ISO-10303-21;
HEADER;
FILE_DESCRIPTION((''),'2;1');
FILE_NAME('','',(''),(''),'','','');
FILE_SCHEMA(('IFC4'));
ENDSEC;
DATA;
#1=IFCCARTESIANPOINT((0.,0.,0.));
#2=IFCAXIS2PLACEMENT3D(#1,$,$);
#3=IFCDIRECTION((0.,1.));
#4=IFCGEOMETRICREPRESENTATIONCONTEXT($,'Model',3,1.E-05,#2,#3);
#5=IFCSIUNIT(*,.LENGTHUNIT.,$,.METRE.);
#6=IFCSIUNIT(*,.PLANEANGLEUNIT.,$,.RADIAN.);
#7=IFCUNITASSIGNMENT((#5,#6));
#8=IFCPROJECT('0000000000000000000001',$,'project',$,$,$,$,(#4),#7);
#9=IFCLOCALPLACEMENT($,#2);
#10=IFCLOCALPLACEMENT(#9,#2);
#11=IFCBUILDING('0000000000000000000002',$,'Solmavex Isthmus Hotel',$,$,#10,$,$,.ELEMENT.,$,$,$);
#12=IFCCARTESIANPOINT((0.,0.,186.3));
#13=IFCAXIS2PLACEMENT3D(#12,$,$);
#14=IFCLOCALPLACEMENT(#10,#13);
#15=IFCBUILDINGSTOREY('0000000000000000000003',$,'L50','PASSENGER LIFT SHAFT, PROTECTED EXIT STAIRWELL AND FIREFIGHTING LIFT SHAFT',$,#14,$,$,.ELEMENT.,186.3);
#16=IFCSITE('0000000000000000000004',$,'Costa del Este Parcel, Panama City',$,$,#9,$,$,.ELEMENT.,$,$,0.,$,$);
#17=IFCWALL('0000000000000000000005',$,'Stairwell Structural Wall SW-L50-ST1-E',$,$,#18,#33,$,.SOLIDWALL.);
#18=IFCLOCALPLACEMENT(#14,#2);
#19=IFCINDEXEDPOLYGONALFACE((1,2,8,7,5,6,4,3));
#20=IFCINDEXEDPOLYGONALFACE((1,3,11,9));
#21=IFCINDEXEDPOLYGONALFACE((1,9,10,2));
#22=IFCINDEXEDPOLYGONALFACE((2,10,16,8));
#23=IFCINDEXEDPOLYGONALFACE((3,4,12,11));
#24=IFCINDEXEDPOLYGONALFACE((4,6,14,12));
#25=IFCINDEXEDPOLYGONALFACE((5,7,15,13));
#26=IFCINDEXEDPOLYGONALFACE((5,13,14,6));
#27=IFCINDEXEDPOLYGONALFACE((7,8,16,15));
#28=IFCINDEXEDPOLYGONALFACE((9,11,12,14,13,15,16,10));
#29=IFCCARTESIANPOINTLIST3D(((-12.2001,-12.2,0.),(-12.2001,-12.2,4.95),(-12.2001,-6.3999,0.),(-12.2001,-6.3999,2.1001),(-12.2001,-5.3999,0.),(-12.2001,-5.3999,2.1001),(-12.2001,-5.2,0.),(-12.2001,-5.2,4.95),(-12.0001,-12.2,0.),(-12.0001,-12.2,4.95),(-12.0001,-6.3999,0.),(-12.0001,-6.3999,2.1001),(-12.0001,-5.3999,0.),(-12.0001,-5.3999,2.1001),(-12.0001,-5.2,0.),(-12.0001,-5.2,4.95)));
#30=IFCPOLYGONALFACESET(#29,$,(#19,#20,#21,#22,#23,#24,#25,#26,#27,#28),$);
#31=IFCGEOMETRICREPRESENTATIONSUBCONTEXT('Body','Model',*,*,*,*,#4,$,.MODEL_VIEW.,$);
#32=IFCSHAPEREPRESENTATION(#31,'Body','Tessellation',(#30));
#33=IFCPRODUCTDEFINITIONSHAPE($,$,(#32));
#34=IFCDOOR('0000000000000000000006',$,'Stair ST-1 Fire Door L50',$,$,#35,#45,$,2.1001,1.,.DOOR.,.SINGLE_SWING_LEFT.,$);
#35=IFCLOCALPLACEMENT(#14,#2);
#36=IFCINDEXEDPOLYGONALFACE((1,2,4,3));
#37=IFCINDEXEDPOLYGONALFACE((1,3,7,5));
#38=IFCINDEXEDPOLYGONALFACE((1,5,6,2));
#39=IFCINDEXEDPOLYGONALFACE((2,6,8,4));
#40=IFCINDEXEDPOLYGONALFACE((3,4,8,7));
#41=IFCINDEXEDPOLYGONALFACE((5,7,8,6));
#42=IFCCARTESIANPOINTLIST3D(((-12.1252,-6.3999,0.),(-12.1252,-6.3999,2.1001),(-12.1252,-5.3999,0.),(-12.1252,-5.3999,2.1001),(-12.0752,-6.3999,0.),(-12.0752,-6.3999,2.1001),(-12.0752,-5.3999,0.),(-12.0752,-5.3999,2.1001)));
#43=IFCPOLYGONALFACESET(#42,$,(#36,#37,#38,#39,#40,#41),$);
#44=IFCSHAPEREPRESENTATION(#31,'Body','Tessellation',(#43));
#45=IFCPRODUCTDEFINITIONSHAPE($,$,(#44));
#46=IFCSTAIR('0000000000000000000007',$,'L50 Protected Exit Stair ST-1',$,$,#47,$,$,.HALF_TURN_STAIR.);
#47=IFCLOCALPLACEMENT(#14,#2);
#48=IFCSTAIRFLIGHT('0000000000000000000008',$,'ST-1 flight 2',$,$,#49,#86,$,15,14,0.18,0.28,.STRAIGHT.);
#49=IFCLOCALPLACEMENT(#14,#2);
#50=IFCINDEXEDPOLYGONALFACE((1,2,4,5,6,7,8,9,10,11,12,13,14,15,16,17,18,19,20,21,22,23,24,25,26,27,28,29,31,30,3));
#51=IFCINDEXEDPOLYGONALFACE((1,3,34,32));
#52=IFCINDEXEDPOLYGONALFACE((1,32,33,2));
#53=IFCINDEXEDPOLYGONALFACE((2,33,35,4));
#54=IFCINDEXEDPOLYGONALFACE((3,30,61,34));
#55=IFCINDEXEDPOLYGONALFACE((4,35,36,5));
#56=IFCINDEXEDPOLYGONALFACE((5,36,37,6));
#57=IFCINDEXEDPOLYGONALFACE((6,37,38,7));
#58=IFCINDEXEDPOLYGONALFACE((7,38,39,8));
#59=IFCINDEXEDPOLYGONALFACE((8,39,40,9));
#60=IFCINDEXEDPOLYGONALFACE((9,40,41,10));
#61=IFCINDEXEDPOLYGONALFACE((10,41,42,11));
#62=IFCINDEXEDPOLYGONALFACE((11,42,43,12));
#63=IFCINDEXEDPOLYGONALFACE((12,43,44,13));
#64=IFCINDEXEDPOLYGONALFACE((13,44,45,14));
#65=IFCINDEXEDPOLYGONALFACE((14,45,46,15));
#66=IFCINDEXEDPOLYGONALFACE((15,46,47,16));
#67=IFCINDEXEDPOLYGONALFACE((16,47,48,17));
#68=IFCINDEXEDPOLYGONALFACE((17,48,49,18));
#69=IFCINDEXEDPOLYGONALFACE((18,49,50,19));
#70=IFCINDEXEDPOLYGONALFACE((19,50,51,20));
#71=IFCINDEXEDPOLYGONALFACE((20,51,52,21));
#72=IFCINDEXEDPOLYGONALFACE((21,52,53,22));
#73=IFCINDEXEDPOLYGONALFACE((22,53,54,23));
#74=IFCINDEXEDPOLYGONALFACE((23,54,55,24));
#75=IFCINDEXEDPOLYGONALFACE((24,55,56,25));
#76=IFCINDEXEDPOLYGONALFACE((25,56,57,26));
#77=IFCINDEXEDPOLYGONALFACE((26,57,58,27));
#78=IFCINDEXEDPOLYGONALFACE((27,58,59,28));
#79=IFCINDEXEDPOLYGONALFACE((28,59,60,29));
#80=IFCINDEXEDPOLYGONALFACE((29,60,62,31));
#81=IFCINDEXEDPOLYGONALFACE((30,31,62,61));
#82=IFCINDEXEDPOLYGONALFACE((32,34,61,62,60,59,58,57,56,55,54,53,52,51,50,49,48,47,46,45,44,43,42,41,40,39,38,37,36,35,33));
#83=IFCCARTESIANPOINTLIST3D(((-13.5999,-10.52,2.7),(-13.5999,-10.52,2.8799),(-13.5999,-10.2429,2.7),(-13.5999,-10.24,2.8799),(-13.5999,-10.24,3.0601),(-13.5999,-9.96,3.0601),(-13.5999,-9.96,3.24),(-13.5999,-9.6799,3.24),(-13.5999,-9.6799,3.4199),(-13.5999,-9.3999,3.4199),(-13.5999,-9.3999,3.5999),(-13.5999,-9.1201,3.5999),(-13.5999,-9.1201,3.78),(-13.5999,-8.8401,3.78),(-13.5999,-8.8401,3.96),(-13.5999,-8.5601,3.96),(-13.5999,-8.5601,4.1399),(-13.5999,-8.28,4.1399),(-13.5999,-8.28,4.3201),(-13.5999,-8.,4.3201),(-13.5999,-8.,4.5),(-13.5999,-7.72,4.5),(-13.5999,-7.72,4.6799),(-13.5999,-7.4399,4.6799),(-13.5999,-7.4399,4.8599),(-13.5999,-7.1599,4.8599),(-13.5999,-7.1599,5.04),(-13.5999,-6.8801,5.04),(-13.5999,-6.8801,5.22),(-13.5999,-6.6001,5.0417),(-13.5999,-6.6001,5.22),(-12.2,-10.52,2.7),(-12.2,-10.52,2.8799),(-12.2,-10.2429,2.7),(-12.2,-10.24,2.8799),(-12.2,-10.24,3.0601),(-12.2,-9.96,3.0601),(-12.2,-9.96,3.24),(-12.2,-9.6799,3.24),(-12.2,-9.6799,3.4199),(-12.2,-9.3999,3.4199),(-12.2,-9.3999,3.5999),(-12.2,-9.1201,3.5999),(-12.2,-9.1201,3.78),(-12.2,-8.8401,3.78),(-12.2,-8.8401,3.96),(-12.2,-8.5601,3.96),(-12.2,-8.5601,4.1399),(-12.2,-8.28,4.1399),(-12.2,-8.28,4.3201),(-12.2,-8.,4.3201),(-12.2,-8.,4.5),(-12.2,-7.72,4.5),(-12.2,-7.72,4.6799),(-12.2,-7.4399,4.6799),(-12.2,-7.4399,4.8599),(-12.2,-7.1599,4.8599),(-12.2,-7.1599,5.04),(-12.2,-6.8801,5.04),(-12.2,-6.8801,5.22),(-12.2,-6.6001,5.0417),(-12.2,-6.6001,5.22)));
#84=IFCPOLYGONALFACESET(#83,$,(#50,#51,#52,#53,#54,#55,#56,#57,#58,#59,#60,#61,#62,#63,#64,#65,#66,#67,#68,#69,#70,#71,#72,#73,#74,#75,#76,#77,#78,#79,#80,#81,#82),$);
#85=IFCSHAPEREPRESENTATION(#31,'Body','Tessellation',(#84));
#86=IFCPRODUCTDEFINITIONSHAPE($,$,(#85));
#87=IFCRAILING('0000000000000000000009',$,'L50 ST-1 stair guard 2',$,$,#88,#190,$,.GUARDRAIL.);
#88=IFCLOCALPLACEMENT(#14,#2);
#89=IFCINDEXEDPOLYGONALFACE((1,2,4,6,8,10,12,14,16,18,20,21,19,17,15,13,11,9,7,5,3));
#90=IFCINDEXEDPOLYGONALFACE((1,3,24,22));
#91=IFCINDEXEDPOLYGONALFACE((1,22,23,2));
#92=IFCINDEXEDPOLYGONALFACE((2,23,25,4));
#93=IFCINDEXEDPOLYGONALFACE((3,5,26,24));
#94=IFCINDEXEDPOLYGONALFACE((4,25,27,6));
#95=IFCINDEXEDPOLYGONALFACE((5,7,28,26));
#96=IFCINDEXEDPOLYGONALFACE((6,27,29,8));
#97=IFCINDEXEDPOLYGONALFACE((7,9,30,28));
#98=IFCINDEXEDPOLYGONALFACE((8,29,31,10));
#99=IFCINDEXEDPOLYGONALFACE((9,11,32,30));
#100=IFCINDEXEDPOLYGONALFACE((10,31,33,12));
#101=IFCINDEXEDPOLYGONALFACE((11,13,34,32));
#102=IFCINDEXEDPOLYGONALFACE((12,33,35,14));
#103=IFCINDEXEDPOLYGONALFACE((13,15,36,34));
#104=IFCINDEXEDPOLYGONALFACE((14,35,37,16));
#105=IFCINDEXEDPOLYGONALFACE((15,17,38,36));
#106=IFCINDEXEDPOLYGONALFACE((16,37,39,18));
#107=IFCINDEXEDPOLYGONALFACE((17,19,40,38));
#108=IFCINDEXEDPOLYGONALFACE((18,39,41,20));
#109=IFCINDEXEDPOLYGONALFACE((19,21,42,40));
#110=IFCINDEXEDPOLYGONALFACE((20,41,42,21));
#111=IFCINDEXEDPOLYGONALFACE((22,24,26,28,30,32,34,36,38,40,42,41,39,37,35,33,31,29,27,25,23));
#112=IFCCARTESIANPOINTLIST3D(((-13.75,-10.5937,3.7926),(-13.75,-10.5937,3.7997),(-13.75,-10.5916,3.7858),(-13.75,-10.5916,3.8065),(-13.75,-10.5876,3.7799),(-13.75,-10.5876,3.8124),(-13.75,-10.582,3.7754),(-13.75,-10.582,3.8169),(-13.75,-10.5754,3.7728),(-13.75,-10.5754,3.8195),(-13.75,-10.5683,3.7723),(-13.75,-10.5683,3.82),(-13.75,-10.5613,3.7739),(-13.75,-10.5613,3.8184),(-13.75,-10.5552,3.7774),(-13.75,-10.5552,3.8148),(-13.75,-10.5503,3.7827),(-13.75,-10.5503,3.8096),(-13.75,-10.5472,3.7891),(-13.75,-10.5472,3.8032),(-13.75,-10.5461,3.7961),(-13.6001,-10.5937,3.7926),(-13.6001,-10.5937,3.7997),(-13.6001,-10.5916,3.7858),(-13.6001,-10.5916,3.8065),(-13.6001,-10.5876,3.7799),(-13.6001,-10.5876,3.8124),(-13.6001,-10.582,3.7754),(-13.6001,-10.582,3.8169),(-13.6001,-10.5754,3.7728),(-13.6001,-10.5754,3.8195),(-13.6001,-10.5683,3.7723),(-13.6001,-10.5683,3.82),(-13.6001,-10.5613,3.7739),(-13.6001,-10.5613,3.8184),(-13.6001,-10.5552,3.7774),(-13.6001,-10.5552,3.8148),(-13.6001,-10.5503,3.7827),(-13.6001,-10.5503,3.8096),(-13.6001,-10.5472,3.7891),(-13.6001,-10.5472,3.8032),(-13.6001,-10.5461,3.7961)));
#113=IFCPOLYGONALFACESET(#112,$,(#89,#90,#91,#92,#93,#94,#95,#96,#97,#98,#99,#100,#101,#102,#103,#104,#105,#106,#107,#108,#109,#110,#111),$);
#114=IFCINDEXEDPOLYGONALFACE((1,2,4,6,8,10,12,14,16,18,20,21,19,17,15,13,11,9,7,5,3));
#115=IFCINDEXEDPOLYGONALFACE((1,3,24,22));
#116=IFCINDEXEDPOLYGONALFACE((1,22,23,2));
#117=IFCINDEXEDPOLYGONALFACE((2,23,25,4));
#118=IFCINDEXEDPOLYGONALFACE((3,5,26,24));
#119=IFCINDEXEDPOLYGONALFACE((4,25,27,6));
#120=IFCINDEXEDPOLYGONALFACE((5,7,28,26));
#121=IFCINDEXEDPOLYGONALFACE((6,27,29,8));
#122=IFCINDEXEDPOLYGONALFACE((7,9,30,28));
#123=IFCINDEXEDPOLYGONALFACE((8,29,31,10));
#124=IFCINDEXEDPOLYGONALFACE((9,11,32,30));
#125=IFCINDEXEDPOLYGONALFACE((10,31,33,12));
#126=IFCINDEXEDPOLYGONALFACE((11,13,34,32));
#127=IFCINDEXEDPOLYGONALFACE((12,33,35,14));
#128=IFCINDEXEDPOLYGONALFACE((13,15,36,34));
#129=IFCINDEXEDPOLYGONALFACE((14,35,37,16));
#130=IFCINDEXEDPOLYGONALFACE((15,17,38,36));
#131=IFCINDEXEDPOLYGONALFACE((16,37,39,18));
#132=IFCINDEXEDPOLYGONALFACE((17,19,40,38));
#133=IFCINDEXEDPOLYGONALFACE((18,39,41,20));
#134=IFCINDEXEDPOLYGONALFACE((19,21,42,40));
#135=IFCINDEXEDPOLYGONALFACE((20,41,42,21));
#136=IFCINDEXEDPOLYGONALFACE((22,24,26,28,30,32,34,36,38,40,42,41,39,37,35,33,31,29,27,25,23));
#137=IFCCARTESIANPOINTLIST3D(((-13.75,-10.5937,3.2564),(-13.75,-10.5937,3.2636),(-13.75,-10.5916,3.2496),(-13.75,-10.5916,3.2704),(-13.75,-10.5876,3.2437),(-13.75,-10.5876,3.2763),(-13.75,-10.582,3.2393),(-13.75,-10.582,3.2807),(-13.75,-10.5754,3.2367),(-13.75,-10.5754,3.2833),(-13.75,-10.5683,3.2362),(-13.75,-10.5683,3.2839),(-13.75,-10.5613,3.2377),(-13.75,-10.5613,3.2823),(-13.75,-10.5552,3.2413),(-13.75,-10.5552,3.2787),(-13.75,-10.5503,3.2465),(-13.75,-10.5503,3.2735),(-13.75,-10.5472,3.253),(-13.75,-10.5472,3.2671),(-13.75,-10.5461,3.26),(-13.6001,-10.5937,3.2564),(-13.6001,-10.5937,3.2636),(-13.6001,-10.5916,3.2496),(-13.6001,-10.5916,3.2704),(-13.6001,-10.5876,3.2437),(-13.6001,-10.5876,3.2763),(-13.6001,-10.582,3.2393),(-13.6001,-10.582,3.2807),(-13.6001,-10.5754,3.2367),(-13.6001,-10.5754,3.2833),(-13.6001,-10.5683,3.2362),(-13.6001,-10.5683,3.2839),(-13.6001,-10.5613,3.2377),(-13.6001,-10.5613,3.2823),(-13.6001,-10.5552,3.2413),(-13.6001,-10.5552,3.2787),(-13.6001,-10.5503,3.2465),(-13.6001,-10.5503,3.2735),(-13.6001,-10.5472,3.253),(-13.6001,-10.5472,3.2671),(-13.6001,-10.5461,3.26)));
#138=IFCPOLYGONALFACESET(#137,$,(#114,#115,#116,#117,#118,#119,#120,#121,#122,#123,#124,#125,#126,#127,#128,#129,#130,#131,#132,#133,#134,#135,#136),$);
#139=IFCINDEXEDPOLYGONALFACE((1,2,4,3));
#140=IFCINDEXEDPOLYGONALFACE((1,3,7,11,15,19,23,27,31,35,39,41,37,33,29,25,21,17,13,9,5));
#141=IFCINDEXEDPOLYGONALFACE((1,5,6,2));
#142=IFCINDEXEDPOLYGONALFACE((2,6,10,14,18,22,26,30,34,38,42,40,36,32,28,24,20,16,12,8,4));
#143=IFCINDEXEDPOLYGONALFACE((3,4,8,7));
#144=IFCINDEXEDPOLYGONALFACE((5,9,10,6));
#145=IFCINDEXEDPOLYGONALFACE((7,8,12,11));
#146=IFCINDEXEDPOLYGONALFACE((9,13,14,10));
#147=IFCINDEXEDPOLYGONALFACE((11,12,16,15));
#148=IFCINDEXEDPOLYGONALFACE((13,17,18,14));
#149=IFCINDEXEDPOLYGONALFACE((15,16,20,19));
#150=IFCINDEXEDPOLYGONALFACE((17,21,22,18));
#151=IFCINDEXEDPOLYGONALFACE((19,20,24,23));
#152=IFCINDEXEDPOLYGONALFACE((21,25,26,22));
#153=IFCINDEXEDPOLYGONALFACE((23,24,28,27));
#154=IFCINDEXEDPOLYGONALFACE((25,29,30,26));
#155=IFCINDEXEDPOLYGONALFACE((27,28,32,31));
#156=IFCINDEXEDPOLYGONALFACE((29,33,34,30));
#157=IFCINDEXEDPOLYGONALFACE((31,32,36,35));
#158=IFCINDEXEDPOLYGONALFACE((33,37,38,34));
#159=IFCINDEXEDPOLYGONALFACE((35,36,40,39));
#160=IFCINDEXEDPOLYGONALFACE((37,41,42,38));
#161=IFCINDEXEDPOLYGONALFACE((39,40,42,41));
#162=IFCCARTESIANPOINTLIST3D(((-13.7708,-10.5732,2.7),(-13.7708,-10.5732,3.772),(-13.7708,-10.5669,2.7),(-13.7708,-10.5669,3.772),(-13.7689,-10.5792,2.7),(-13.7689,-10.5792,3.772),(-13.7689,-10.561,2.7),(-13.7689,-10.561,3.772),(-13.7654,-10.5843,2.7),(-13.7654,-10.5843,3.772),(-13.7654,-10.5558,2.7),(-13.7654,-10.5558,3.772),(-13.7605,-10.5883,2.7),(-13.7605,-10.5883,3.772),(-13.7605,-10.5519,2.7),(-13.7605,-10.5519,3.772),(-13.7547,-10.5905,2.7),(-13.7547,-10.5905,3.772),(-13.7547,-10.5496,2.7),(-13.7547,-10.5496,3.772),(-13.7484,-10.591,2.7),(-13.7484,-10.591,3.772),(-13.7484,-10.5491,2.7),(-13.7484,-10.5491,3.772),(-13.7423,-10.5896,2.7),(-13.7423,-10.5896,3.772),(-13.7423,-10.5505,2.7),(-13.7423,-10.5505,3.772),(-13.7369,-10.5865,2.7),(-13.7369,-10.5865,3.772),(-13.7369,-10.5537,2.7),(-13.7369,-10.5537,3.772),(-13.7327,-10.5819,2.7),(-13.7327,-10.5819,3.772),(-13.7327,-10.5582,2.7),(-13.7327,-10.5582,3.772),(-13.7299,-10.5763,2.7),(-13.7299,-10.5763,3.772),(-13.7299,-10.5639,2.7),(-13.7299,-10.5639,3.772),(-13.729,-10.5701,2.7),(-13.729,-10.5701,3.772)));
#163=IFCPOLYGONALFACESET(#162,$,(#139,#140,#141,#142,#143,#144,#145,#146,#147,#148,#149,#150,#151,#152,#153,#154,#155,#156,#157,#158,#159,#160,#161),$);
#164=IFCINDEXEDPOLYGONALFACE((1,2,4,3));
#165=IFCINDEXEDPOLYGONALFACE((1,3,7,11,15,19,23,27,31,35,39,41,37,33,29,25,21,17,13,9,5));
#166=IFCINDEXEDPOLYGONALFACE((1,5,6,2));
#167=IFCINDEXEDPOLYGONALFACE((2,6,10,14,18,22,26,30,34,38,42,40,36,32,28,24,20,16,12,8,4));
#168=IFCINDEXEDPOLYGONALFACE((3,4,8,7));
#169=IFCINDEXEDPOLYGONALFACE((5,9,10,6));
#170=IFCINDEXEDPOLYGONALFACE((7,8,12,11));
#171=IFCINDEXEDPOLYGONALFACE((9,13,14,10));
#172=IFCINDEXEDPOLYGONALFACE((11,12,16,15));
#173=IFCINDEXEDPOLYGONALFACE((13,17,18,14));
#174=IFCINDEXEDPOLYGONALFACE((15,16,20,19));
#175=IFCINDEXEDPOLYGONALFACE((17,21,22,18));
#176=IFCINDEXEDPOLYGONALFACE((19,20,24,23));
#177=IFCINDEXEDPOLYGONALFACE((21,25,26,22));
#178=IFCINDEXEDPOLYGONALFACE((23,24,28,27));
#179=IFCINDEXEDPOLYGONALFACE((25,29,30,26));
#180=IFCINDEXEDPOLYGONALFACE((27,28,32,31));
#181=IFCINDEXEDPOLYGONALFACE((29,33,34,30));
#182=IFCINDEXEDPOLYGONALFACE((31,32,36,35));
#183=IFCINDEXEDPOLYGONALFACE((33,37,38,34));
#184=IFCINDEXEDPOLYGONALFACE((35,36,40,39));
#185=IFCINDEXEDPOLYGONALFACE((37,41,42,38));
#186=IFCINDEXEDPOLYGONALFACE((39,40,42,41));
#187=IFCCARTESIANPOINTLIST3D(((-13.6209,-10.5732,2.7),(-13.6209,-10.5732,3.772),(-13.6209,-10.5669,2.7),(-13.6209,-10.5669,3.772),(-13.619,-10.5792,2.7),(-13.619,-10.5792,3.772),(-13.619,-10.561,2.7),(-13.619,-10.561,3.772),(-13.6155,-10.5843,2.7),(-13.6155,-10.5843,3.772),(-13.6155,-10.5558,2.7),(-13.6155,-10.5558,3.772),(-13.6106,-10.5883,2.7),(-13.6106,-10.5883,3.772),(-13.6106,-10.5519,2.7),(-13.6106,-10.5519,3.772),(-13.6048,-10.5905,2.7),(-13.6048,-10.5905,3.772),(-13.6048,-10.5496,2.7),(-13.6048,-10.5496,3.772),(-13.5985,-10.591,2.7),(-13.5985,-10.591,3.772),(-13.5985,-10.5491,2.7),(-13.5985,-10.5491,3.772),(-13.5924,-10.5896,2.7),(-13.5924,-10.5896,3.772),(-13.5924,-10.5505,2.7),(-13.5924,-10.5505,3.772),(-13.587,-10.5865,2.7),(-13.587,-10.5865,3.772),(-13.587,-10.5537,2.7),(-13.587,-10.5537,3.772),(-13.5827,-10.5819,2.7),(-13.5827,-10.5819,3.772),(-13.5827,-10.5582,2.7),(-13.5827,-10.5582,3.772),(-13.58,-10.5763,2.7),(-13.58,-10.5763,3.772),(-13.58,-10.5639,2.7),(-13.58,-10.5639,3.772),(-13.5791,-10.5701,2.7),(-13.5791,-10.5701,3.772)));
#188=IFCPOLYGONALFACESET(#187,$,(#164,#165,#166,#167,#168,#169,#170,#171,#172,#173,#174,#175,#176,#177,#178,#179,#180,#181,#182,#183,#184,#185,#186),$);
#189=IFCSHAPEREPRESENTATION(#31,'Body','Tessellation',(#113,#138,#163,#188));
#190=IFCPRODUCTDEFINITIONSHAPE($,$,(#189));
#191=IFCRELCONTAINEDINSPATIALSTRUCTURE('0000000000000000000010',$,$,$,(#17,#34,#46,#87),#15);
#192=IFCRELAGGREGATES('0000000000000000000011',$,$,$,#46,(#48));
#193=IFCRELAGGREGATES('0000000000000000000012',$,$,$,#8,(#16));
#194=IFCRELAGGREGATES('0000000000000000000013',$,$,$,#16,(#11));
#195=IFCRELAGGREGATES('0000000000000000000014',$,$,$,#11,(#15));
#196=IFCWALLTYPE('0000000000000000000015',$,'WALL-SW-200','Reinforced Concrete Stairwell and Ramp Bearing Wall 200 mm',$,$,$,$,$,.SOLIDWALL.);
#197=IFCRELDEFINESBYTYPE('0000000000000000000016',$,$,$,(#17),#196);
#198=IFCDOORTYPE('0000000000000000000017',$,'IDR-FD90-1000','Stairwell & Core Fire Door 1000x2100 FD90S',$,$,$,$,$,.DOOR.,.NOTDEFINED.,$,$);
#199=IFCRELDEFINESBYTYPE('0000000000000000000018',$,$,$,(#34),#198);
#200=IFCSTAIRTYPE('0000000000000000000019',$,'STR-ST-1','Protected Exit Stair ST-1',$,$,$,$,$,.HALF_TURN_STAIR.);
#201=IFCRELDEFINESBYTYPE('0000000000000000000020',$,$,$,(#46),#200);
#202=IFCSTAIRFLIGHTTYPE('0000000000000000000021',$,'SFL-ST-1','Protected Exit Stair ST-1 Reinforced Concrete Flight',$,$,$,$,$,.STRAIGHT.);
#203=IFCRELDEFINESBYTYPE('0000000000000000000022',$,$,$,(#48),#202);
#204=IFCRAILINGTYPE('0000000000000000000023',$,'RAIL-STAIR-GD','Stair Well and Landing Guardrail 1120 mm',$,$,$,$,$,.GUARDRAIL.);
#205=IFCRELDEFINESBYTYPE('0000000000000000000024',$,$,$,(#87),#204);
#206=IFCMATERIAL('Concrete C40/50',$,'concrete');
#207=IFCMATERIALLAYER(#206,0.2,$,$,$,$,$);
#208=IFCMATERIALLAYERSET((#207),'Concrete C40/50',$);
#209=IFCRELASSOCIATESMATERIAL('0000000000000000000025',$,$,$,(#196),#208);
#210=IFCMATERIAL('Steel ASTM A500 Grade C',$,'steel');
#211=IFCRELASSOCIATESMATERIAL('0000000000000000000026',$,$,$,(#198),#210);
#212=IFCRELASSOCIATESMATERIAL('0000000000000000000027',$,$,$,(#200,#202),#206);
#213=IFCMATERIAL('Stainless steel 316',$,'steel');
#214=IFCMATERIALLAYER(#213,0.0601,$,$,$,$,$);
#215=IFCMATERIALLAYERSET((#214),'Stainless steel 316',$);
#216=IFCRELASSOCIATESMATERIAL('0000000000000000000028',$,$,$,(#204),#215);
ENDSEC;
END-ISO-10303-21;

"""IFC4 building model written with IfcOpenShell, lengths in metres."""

from ifc_helpers import new_model, si_unit, direction, frame, frame_2d, origin, origin_2d, place, context, subcontext, project, spatial, polyline, rectangle, circle, outline, extrude, material, layer, layer_set, type_object, element, fill, aggregate, save


model = new_model("IFC4")

# Units and contexts
model_context = context("Model", 3, precision=1e-05, world=origin(), true_north=direction((0.0, 1.0)))
body_context = subcontext(model_context, "Body", "Model", "MODEL_VIEW")
ifc_project = project(units=[si_unit("LENGTHUNIT", "METRE"), si_unit("PLANEANGLEUNIT", "RADIAN")], contexts=[model_context])

# Site, building, storey
site_placement = place(None, origin())
site = spatial("IfcSite", under=ifc_project, at=site_placement, Name="Costa del Este Parcel, Panama City", CompositionType="ELEMENT", RefElevation=0.0)
building_placement = place(site_placement, origin())
building = spatial("IfcBuilding", under=site, at=building_placement, Name="Solmavex Isthmus Hotel", CompositionType="ELEMENT")
storey_placement = place(building_placement, frame((0.0, 0.0, 186.3)))
storey = spatial("IfcBuildingStorey", under=building, at=storey_placement, Name="L50", Description="PASSENGER LIFT SHAFT, PROTECTED EXIT STAIRWELL AND FIREFIGHTING LIFT SHAFT", CompositionType="ELEMENT", Elevation=186.3)

# Shared definitions
ifc_material_1 = material(Name="Concrete C40/50", Category="concrete")

# Shared definitions
ifc_material_2 = material(Name="Stainless steel 316", Category="steel")

# Wall, opening, door
ifc_layer_1 = layer(ifc_material_1, 0.2)
ifc_layer_set_1 = layer_set([ifc_layer_1], Name="Concrete C40/50")
wall_type_1 = type_object("IfcWallType", Name="WALL-SW-200", Description="Reinforced Concrete Stairwell and Ramp Bearing Wall 200 mm", PredefinedType="SOLIDWALL", material=ifc_layer_set_1)
wall_1_placement = place(storey_placement, frame((-12.1001, -12.2, 0.0), z_axis=(0.0, 0.0, 1.0), x_axis=(0.0, 1.0, 0.0)))
wall_1 = element("IfcWall", 1, at=wall_1_placement, inside=storey, type_object=wall_type_1, Name="Stairwell Structural Wall SW-L50-ST1-E", PredefinedType="SOLIDWALL", context=body_context, shape_type="SweptSolid", body=[
    extrude(rectangle(XDim=7.0, YDim=0.2, at=frame_2d((3.5, 0.0))), origin(), (0.0, 0.0, 1.0), 4.95),
])
opening_1_placement = place(wall_1_placement, frame((5.8, 0.0, 0.0)))
opening_1 = element("IfcOpeningElement", 2, at=opening_1_placement, cuts=wall_1, PredefinedType="OPENING", context=body_context, shape_type="SweptSolid", body=[
    extrude(rectangle(XDim=1.0, YDim=2.1001, at=frame_2d((0.5, 1.05))), frame((0.0, 0.1099, 0.0), z_axis=(0.0, -1.0, 0.0), x_axis=(1.0, 0.0, 0.0)), (0.0, 0.0, 1.0), 0.22),
])
ifc_material_3 = material(Name="Steel ASTM A500 Grade C", Category="steel")
door_type_1 = type_object("IfcDoorType", Name="IDR-FD90-1000", Description="Stairwell & Core Fire Door 1000x2100 FD90S", OperationType="NOTDEFINED", PredefinedType="DOOR", material=ifc_material_3)
door_1_placement = place(opening_1_placement, frame((1.0, 0.0, 0.0), z_axis=(0.0, 0.0, 1.0), x_axis=(-1.0, 0.0, 0.0)))
door_1 = element("IfcDoor", 3, at=door_1_placement, inside=storey, type_object=door_type_1, Name="Stair ST-1 Fire Door L50", OperationType="SINGLE_SWING_LEFT", OverallHeight=2.1001, OverallWidth=1.0, PredefinedType="DOOR", context=body_context, shape_type="SweptSolid", body=[
    extrude(rectangle(XDim=1.0, YDim=2.1001, at=frame_2d((0.5, 1.05))), frame((0.0, 0.0249, 0.0), z_axis=(0.0, -1.0, 0.0), x_axis=(1.0, 0.0, 0.0)), (0.0, 0.0, 1.0), 0.05),
])
fill(opening_1, door_1)

# Stair, stair flight
stair_type = type_object("IfcStairType", Name="STR-ST-1", Description="Protected Exit Stair ST-1", PredefinedType="HALF_TURN_STAIR", material=ifc_material_1)
stair_placement = place(storey_placement, origin())
stair = element("IfcStair", 4, at=stair_placement, inside=storey, type_object=stair_type, Name="L50 Protected Exit Stair ST-1", PredefinedType="HALF_TURN_STAIR")
stair_flight_type = type_object("IfcStairFlightType", Name="SFL-ST-1", Description="Protected Exit Stair ST-1 Reinforced Concrete Flight", PredefinedType="STRAIGHT", material=ifc_material_1)
stair_flight_placement = place(storey_placement, frame((-12.8999, -10.52, 2.7), z_axis=(0.0, 0.0, 1.0), x_axis=(0.0, 1.0, 0.0)))
stair_flight = element("IfcStairFlight", 5, at=stair_flight_placement, type_object=stair_flight_type, Name="ST-1 flight 2", NumberOfRisers=15, NumberOfTreads=14, PredefinedType="STRAIGHT", RiserHeight=0.18, TreadLength=0.28, context=body_context, shape_type="SweptSolid", body=[
    extrude(outline(polyline([(0.0, 0.0), (0.0, 0.1799), (0.28, 0.1799), (0.28, 0.3601), (0.5601, 0.3601), (0.5601, 0.54), (0.8401, 0.54), (0.8401, 0.72), (1.1201, 0.72), (1.1201, 0.8999), (1.3999, 0.8999), (1.3999, 1.0801), (1.6799, 1.0801), (1.6799, 1.26), (1.96, 1.26), (1.96, 1.4399), (2.24, 1.4399), (2.24, 1.6201), (2.52, 1.6201), (2.52, 1.8), (2.8, 1.8), (2.8, 1.98), (3.0801, 1.98), (3.0801, 2.1599), (3.3601, 2.1599), (3.3601, 2.3401), (3.6399, 2.3401), (3.6399, 2.52), (3.9199, 2.52), (3.9199, 2.7), (3.9199, 2.3418), (0.2771, 0.0), (0.0, 0.0)])), frame((0.0, 0.7, 0.0), z_axis=(0.0, -1.0, 0.0), x_axis=(1.0, 0.0, 0.0)), (0.0, 0.0, 1.0), 1.3999),
])
aggregate(stair, [stair_flight])

# Railing
ifc_layer_2 = layer(ifc_material_2, 0.0601)
ifc_layer_set_2 = layer_set([ifc_layer_2], Name="Stainless steel 316")
railing_type_1 = type_object("IfcRailingType", Name="RAIL-STAIR-GD", Description="Stair Well and Landing Guardrail 1120 mm", PredefinedType="GUARDRAIL", material=ifc_layer_set_2)
railing_1_placement = place(storey_placement, frame((-13.75, -10.5701, 2.7)))
element("IfcRailing", 6, at=railing_1_placement, inside=storey, type_object=railing_type_1, Name="L50 ST-1 stair guard 2", PredefinedType="GUARDRAIL", context=body_context, shape_type="SweptSolid", body=[
    extrude(circle(Radius=0.0239, at=origin_2d()), frame((0.0, 0.0, 1.0962), z_axis=(1.0, 0.0, 0.0), x_axis=(0.0, 1.0, 0.0)), (0.0, 0.0, 1.0), 0.1499),
    extrude(circle(Radius=0.0239, at=origin_2d()), frame((0.0, 0.0, 0.5601), z_axis=(1.0, 0.0, 0.0), x_axis=(0.0, 1.0, 0.0)), (0.0, 0.0, 1.0), 0.1499),
    extrude(circle(Radius=0.021, at=origin_2d()), origin(), (0.0, 0.0, 1.0), 1.072),
    extrude(circle(Radius=0.021, at=origin_2d()), frame((0.1499, 0.0, 0.0)), (0.0, 0.0, 1.0), 1.072),
])

save(model, "model.ifc")
